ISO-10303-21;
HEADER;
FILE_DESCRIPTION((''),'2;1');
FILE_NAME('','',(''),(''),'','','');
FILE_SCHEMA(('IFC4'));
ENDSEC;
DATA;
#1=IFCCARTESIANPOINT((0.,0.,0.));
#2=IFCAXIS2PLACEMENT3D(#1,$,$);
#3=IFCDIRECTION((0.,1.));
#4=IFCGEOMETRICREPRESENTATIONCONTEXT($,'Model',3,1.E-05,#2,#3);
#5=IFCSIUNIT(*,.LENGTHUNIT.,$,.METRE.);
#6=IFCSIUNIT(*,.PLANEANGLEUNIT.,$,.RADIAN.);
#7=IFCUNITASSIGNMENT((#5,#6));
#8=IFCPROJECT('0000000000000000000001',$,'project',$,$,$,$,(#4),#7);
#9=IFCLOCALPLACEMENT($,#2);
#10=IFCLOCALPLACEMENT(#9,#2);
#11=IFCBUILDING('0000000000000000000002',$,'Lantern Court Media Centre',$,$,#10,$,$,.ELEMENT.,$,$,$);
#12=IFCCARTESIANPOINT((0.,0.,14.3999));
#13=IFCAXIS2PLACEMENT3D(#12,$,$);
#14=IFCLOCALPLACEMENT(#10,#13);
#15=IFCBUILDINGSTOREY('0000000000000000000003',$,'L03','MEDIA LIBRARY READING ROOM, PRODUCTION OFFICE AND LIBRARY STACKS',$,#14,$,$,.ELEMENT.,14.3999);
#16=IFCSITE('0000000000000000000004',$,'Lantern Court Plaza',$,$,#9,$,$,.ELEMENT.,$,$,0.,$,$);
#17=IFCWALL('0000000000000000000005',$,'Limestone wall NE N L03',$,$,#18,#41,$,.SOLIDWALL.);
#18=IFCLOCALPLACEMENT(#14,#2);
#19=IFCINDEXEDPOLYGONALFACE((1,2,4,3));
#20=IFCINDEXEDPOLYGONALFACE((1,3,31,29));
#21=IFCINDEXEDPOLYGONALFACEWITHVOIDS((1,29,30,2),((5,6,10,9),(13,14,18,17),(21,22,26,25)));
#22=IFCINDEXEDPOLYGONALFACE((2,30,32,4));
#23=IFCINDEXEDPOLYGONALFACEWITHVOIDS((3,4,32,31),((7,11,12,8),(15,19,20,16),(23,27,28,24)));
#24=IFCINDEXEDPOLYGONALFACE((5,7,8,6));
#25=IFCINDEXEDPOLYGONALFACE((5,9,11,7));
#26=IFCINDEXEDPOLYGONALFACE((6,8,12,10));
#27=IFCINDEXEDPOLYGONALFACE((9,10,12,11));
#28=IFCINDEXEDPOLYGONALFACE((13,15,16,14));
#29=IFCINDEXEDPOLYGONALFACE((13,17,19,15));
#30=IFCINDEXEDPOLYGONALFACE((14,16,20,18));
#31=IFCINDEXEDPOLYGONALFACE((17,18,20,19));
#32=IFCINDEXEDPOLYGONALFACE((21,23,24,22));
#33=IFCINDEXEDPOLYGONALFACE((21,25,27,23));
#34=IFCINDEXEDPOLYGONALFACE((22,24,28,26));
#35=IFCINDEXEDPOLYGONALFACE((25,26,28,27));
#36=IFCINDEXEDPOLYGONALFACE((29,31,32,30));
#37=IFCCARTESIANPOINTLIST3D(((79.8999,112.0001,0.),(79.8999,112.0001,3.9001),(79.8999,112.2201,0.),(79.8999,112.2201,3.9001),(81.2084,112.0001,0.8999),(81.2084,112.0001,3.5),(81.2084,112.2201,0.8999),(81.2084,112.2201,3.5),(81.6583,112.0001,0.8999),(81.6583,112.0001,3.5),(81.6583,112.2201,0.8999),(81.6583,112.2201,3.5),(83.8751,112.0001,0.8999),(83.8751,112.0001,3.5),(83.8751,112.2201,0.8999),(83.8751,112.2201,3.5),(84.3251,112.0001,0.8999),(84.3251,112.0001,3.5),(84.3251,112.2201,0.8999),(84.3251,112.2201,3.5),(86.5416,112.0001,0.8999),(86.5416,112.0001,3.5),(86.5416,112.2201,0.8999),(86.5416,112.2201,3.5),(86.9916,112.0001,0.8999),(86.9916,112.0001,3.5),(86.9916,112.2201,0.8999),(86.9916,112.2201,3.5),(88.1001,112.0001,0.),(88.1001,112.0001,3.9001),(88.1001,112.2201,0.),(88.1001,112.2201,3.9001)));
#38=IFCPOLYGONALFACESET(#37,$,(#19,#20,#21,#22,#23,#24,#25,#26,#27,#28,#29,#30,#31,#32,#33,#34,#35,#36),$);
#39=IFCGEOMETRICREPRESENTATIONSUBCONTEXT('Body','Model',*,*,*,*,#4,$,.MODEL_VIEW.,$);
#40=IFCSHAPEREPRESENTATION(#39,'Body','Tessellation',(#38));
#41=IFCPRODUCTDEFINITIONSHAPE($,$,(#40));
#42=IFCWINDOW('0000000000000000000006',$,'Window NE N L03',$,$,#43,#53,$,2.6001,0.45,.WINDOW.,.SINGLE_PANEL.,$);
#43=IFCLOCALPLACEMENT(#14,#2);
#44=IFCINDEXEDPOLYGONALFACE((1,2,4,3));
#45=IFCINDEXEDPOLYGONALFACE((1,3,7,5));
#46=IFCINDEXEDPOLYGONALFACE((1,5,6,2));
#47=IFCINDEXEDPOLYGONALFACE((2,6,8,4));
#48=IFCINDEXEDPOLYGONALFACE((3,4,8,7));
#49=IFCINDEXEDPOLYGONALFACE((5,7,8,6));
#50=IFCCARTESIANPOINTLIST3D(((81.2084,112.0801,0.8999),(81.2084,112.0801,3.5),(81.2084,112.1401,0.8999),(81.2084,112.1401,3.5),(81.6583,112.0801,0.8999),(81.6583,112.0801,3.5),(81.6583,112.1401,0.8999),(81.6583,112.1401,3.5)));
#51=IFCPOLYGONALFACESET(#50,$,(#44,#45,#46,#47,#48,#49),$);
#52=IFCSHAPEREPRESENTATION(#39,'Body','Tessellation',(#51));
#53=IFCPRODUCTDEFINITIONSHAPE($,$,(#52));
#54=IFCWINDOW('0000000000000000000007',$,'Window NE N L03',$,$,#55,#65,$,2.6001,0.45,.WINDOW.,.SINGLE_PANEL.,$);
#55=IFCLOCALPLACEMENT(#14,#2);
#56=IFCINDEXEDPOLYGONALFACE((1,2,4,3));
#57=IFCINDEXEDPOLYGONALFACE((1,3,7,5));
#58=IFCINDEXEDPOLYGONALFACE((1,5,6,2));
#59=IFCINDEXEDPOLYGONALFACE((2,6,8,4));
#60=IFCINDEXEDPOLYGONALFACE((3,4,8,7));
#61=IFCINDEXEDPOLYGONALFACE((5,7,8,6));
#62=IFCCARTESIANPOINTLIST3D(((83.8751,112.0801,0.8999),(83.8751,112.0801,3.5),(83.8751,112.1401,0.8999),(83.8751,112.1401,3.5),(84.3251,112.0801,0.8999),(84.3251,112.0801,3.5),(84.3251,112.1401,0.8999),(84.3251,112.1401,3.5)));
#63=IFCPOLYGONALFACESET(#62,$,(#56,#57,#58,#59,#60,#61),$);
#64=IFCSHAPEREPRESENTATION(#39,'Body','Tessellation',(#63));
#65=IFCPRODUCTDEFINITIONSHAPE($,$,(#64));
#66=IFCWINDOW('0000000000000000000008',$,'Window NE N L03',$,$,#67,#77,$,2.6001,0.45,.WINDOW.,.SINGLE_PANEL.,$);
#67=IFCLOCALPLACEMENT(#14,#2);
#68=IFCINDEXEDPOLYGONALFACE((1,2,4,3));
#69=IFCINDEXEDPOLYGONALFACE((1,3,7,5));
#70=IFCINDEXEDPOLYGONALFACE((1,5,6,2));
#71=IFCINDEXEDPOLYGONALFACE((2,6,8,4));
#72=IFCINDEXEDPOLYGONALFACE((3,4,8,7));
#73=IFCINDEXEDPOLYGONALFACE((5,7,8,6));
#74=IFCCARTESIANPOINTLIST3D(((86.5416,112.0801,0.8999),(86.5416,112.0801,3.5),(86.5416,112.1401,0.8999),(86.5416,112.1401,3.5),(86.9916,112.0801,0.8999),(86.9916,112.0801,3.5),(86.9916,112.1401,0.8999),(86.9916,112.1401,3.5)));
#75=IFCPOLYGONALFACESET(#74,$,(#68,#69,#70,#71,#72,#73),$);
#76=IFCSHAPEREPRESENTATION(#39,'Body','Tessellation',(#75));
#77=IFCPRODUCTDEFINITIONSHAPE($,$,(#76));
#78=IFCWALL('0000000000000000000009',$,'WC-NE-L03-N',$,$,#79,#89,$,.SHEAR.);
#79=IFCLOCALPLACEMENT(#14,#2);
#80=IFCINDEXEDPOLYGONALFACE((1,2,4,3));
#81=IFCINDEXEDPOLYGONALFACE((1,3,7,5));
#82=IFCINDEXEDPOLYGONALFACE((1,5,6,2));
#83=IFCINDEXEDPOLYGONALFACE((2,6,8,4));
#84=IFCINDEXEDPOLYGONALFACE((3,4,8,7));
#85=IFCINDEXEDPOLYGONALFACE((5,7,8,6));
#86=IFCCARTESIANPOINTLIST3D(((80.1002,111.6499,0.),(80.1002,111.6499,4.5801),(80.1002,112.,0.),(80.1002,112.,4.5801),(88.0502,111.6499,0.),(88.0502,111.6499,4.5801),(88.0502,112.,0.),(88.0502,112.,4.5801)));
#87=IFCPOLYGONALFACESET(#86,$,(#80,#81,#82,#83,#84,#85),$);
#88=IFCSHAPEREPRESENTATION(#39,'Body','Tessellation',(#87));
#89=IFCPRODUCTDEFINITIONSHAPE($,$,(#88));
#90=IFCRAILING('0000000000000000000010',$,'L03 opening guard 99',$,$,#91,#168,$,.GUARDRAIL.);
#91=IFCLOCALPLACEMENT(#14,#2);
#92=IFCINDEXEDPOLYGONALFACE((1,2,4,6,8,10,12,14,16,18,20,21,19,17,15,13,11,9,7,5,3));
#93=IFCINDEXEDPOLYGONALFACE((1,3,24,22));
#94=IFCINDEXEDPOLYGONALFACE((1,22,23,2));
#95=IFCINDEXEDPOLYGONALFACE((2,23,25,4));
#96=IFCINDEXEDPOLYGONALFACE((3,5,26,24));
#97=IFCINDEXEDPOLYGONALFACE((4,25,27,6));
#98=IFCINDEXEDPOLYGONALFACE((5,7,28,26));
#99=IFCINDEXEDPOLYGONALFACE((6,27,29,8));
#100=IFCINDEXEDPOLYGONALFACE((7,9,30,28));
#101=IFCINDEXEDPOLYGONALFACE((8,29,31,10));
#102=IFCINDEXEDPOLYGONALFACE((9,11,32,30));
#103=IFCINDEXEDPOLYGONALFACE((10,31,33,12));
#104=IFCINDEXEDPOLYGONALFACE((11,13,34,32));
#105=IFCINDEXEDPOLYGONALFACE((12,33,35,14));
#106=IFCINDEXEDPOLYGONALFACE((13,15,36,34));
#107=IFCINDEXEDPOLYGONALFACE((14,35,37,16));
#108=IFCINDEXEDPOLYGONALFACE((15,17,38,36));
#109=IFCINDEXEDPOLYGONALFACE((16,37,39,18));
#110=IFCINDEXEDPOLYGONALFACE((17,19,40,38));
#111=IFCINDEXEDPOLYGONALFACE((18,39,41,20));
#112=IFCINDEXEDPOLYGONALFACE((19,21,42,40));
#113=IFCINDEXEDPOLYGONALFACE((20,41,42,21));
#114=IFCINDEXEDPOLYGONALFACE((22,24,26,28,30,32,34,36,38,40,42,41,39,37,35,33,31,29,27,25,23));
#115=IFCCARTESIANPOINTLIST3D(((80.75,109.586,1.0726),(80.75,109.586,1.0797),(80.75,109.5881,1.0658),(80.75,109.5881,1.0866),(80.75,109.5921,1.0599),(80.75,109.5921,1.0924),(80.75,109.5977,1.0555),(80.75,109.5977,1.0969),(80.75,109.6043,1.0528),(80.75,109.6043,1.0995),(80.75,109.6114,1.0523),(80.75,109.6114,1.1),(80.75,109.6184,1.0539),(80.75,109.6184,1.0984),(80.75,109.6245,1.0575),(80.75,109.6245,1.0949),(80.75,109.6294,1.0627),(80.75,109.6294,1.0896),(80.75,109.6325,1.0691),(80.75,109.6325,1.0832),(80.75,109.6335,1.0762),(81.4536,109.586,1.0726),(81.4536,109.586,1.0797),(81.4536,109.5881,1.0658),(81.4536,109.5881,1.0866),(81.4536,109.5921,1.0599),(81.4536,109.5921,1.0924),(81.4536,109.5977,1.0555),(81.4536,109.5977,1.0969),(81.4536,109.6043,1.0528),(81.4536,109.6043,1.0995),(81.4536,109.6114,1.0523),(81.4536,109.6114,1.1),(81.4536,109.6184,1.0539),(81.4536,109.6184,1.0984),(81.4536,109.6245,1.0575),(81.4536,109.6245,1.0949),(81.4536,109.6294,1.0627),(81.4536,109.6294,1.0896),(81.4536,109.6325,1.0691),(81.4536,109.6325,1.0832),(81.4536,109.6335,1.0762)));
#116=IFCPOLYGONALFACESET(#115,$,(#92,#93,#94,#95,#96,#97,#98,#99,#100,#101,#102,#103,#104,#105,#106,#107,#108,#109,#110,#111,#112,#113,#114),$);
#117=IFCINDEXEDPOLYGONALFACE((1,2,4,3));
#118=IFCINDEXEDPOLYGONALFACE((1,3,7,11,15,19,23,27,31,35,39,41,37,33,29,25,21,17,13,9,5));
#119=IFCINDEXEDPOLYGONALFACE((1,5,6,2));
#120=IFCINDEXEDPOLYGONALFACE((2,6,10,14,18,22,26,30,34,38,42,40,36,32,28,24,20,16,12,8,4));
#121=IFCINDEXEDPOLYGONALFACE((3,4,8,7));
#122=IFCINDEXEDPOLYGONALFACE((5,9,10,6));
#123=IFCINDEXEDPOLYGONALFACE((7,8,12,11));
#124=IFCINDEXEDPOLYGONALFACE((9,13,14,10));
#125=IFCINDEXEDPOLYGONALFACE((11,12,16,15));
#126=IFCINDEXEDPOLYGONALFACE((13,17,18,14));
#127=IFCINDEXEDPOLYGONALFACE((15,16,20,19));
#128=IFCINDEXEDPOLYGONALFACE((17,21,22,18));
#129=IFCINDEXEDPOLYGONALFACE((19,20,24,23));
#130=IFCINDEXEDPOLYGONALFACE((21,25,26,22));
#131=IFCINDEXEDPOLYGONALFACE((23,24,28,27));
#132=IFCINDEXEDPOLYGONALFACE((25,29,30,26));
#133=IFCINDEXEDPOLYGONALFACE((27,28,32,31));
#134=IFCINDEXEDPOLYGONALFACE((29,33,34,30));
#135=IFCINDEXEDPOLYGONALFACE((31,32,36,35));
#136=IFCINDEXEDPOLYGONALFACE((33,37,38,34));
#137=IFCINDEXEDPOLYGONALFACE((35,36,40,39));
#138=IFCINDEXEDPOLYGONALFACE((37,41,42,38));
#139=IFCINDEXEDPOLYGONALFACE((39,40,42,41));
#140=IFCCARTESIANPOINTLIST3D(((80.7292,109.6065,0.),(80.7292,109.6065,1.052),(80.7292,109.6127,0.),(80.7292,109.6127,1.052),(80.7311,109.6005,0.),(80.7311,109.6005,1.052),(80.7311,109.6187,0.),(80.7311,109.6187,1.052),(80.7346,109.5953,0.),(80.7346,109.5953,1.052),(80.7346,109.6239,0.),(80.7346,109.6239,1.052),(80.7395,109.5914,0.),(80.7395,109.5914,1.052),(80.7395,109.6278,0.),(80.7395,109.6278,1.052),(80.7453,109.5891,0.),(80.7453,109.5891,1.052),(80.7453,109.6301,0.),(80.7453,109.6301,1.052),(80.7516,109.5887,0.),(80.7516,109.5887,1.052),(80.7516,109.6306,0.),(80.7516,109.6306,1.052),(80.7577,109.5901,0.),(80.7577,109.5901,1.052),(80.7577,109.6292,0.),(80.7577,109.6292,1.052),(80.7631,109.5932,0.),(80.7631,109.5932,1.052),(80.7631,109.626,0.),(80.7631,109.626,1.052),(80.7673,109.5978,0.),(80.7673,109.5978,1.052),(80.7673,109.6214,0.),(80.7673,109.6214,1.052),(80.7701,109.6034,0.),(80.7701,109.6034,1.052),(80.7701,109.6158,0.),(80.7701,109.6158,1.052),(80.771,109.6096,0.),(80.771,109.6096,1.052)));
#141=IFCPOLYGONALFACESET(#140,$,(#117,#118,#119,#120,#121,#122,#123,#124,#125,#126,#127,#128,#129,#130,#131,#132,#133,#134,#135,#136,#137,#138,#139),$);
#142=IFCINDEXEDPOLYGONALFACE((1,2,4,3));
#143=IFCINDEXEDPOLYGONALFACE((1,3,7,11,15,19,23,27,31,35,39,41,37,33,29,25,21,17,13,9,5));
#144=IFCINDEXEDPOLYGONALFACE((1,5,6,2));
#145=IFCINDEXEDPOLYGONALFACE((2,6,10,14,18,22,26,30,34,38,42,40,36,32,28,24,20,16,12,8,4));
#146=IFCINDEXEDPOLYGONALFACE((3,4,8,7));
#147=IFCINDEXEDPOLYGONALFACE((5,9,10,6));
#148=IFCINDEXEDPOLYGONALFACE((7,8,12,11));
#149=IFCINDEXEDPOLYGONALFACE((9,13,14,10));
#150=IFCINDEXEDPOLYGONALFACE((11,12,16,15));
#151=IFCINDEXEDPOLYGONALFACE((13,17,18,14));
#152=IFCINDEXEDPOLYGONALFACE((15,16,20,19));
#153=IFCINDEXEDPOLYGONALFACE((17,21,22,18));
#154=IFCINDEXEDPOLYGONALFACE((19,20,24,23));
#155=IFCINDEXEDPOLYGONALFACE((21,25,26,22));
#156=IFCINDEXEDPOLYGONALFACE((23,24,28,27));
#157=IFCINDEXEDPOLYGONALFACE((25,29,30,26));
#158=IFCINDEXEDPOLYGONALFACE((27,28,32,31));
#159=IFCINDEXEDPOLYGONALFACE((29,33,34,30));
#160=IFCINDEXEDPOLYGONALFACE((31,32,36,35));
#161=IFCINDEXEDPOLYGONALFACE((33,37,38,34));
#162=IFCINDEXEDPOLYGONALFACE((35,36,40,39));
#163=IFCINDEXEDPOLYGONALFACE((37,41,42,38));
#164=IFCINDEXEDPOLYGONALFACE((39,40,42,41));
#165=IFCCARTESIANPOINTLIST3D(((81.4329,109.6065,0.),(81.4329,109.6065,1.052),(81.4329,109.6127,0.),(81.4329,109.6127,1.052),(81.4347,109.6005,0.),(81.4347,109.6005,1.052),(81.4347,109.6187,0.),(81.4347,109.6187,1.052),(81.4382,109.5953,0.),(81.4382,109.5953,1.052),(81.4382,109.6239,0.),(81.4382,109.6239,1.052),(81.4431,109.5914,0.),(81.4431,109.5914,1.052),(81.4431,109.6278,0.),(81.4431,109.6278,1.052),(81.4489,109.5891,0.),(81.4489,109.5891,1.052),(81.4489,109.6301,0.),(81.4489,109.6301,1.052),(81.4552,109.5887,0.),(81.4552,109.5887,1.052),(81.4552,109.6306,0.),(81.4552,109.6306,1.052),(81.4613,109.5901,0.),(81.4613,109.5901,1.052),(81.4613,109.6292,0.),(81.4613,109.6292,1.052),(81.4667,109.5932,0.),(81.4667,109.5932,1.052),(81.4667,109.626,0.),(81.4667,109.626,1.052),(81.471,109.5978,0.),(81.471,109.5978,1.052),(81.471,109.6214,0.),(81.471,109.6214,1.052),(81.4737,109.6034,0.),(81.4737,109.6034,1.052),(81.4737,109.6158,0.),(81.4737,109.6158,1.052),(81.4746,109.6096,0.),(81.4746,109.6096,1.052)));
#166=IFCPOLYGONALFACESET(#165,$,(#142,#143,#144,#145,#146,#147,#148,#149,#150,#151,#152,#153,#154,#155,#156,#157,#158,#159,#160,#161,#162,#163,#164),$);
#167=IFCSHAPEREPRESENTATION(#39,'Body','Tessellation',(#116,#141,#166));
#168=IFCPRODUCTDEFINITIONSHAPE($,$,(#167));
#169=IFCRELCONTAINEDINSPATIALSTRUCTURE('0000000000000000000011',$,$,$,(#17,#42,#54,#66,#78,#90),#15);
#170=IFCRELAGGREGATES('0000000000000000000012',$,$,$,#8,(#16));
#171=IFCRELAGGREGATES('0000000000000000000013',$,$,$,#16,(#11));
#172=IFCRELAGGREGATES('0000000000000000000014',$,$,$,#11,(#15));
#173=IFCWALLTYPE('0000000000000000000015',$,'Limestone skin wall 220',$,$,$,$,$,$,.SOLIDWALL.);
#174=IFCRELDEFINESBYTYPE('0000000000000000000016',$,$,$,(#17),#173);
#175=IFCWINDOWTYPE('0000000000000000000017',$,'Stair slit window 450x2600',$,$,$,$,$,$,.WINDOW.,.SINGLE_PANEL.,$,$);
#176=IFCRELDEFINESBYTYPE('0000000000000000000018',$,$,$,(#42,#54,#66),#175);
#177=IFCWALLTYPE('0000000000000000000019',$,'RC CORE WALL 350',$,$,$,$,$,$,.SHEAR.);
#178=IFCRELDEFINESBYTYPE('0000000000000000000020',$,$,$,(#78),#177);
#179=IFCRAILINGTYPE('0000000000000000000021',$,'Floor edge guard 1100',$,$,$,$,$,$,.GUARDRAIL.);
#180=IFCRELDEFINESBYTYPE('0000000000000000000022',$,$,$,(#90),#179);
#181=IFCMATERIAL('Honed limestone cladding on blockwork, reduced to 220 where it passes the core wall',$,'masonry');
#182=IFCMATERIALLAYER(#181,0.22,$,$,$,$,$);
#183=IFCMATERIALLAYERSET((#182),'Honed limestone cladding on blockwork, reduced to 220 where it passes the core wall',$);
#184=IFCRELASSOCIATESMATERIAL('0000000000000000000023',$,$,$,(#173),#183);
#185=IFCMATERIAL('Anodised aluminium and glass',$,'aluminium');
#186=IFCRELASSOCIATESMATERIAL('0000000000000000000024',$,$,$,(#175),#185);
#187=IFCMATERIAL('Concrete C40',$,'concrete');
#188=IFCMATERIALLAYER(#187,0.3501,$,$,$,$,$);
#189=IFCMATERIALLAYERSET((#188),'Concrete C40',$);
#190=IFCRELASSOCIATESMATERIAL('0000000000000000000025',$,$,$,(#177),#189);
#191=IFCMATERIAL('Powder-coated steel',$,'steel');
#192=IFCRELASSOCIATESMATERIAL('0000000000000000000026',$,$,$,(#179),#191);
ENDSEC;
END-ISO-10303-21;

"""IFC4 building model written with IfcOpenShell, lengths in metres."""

from ifc_helpers import new_model, si_unit, direction, frame, frame_2d, origin, origin_2d, place, context, subcontext, project, spatial, rectangle, circle, extrude, material, layer, layer_set, type_object, element, fill, save


model = new_model("IFC4")

# Units and contexts
model_context = context("Model", 3, precision=1e-05, world=origin(), true_north=direction((0.0, 1.0)))
body_context = subcontext(model_context, "Body", "Model", "MODEL_VIEW")
ifc_project = project(units=[si_unit("LENGTHUNIT", "METRE"), si_unit("PLANEANGLEUNIT", "RADIAN")], contexts=[model_context])

# Site, building, storey
site_placement = place(None, origin())
site = spatial("IfcSite", under=ifc_project, at=site_placement, Name="Lantern Court Plaza", CompositionType="ELEMENT", RefElevation=0.0)
building_placement = place(site_placement, origin())
building = spatial("IfcBuilding", under=site, at=building_placement, Name="Lantern Court Media Centre", CompositionType="ELEMENT")
storey_placement = place(building_placement, frame((0.0, 0.0, 14.3999)))
storey = spatial("IfcBuildingStorey", under=building, at=storey_placement, Name="L03", Description="MEDIA LIBRARY READING ROOM, PRODUCTION OFFICE AND LIBRARY STACKS", CompositionType="ELEMENT", Elevation=14.3999)

# Wall, openings, windows
ifc_material_1 = material(Name="Honed limestone cladding on blockwork, reduced to 220 where it passes the core wall", Category="masonry")
ifc_layer_1 = layer(ifc_material_1, 0.22)
ifc_layer_set_1 = layer_set([ifc_layer_1], Name="Honed limestone cladding on blockwork, reduced to 220 where it passes the core wall")
wall_type_1 = type_object("IfcWallType", Name="Limestone skin wall 220", PredefinedType="SOLIDWALL", material=ifc_layer_set_1)
wall_1_placement = place(storey_placement, frame((79.8999, 112.1101, 0.0), z_axis=(0.0, 0.0, 1.0), x_axis=(1.0, 0.0, 0.0)))
wall_1 = element("IfcWall", 1, at=wall_1_placement, inside=storey, type_object=wall_type_1, Name="Limestone wall NE N L03", PredefinedType="SOLIDWALL", context=body_context, shape_type="SweptSolid", body=[
    extrude(rectangle(XDim=8.2002, YDim=0.22, at=frame_2d((4.1001, 0.0))), origin(), (0.0, 0.0, 1.0), 3.9001),
])
opening_1_placement = place(wall_1_placement, frame((1.3083, 0.0, 0.8999)))
opening_1 = element("IfcOpeningElement", 2, at=opening_1_placement, cuts=wall_1, PredefinedType="OPENING", context=body_context, shape_type="SweptSolid", body=[
    extrude(rectangle(XDim=0.45, YDim=2.6001, at=frame_2d((0.2251, 1.3))), frame((0.0, 0.1199, 0.0), z_axis=(0.0, -1.0, 0.0), x_axis=(1.0, 0.0, 0.0)), (0.0, 0.0, 1.0), 0.24),
])
opening_2_placement = place(wall_1_placement, frame((3.9751, 0.0, 0.8999)))
opening_2 = element("IfcOpeningElement", 3, at=opening_2_placement, cuts=wall_1, PredefinedType="OPENING", context=body_context, shape_type="SweptSolid", body=[
    extrude(rectangle(XDim=0.45, YDim=2.6001, at=frame_2d((0.2251, 1.3))), frame((0.0, 0.1199, 0.0), z_axis=(0.0, -1.0, 0.0), x_axis=(1.0, 0.0, 0.0)), (0.0, 0.0, 1.0), 0.24),
])
opening_3_placement = place(wall_1_placement, frame((6.6416, 0.0, 0.8999)))
opening_3 = element("IfcOpeningElement", 4, at=opening_3_placement, cuts=wall_1, PredefinedType="OPENING", context=body_context, shape_type="SweptSolid", body=[
    extrude(rectangle(XDim=0.45, YDim=2.6001, at=frame_2d((0.2251, 1.3))), frame((0.0, 0.1199, 0.0), z_axis=(0.0, -1.0, 0.0), x_axis=(1.0, 0.0, 0.0)), (0.0, 0.0, 1.0), 0.24),
])
ifc_material_2 = material(Name="Anodised aluminium and glass", Category="aluminium")
window_type = type_object("IfcWindowType", Name="Stair slit window 450x2600", PartitioningType="SINGLE_PANEL", PredefinedType="WINDOW", material=ifc_material_2)
window_1_placement = place(opening_1_placement, origin())
window_1 = element("IfcWindow", 5, at=window_1_placement, inside=storey, type_object=window_type, Name="Window NE N L03", OverallHeight=2.6001, OverallWidth=0.45, PartitioningType="SINGLE_PANEL", PredefinedType="WINDOW", context=body_context, shape_type="SweptSolid", body=[
    extrude(rectangle(XDim=0.45, YDim=2.6001, at=frame_2d((0.2251, 1.3))), frame((0.0, 0.03, 0.0), z_axis=(0.0, -1.0, 0.0), x_axis=(1.0, 0.0, 0.0)), (0.0, 0.0, 1.0), 0.0601),
])
fill(opening_1, window_1)
window_2_placement = place(opening_2_placement, origin())
window_2 = element("IfcWindow", 6, at=window_2_placement, inside=storey, type_object=window_type, Name="Window NE N L03", OverallHeight=2.6001, OverallWidth=0.45, PartitioningType="SINGLE_PANEL", PredefinedType="WINDOW", context=body_context, shape_type="SweptSolid", body=[
    extrude(rectangle(XDim=0.45, YDim=2.6001, at=frame_2d((0.2251, 1.3))), frame((0.0, 0.03, 0.0), z_axis=(0.0, -1.0, 0.0), x_axis=(1.0, 0.0, 0.0)), (0.0, 0.0, 1.0), 0.0601),
])
fill(opening_2, window_2)
window_3_placement = place(opening_3_placement, origin())
window_3 = element("IfcWindow", 7, at=window_3_placement, inside=storey, type_object=window_type, Name="Window NE N L03", OverallHeight=2.6001, OverallWidth=0.45, PartitioningType="SINGLE_PANEL", PredefinedType="WINDOW", context=body_context, shape_type="SweptSolid", body=[
    extrude(rectangle(XDim=0.45, YDim=2.6001, at=frame_2d((0.2251, 1.3))), frame((0.0, 0.03, 0.0), z_axis=(0.0, -1.0, 0.0), x_axis=(1.0, 0.0, 0.0)), (0.0, 0.0, 1.0), 0.0601),
])
fill(opening_3, window_3)

# Wall
ifc_material_3 = material(Name="Concrete C40", Category="concrete")
ifc_layer_2 = layer(ifc_material_3, 0.3501)
ifc_layer_set_2 = layer_set([ifc_layer_2], Name="Concrete C40")
wall_type_2 = type_object("IfcWallType", Name="RC CORE WALL 350", PredefinedType="SHEAR", material=ifc_layer_set_2)
wall_2_placement = place(storey_placement, frame((80.1001, 111.825, 0.0), z_axis=(0.0, 0.0, 1.0), x_axis=(1.0, 0.0, 0.0)))
element("IfcWall", 8, at=wall_2_placement, inside=storey, type_object=wall_type_2, Name="WC-NE-L03-N", PredefinedType="SHEAR", context=body_context, shape_type="SweptSolid", body=[
    extrude(rectangle(XDim=7.95, YDim=0.3501, at=frame_2d((3.9751, 0.0))), origin(), (0.0, 0.0, 1.0), 4.5801),
])

# Railing
ifc_material_4 = material(Name="Powder-coated steel", Category="steel")
railing_type_1 = type_object("IfcRailingType", Name="Floor edge guard 1100", PredefinedType="GUARDRAIL", material=ifc_material_4)
for number, where, name in (
    (9, (80.75, 109.6096, 0.0), "L03 opening guard 99"),
):
    element("IfcRailing", number, at=place(storey_placement, frame(where)), inside=storey, type_object=railing_type_1, Name=name, PredefinedType="GUARDRAIL", context=body_context, shape_type="SweptSolid", body=[
        extrude(circle(Radius=0.0239, at=origin_2d()), frame((0.0, 0.0, 1.0762), z_axis=(1.0, 0.0, 0.0), x_axis=(0.0, 1.0, 0.0)), (0.0, 0.0, 1.0), 0.7036),
        extrude(circle(Radius=0.021, at=origin_2d()), origin(), (0.0, 0.0, 1.0), 1.052),
        extrude(circle(Radius=0.021, at=origin_2d()), frame((0.7036, 0.0, 0.0)), (0.0, 0.0, 1.0), 1.052),
    ])

save(model, "model.ifc")
